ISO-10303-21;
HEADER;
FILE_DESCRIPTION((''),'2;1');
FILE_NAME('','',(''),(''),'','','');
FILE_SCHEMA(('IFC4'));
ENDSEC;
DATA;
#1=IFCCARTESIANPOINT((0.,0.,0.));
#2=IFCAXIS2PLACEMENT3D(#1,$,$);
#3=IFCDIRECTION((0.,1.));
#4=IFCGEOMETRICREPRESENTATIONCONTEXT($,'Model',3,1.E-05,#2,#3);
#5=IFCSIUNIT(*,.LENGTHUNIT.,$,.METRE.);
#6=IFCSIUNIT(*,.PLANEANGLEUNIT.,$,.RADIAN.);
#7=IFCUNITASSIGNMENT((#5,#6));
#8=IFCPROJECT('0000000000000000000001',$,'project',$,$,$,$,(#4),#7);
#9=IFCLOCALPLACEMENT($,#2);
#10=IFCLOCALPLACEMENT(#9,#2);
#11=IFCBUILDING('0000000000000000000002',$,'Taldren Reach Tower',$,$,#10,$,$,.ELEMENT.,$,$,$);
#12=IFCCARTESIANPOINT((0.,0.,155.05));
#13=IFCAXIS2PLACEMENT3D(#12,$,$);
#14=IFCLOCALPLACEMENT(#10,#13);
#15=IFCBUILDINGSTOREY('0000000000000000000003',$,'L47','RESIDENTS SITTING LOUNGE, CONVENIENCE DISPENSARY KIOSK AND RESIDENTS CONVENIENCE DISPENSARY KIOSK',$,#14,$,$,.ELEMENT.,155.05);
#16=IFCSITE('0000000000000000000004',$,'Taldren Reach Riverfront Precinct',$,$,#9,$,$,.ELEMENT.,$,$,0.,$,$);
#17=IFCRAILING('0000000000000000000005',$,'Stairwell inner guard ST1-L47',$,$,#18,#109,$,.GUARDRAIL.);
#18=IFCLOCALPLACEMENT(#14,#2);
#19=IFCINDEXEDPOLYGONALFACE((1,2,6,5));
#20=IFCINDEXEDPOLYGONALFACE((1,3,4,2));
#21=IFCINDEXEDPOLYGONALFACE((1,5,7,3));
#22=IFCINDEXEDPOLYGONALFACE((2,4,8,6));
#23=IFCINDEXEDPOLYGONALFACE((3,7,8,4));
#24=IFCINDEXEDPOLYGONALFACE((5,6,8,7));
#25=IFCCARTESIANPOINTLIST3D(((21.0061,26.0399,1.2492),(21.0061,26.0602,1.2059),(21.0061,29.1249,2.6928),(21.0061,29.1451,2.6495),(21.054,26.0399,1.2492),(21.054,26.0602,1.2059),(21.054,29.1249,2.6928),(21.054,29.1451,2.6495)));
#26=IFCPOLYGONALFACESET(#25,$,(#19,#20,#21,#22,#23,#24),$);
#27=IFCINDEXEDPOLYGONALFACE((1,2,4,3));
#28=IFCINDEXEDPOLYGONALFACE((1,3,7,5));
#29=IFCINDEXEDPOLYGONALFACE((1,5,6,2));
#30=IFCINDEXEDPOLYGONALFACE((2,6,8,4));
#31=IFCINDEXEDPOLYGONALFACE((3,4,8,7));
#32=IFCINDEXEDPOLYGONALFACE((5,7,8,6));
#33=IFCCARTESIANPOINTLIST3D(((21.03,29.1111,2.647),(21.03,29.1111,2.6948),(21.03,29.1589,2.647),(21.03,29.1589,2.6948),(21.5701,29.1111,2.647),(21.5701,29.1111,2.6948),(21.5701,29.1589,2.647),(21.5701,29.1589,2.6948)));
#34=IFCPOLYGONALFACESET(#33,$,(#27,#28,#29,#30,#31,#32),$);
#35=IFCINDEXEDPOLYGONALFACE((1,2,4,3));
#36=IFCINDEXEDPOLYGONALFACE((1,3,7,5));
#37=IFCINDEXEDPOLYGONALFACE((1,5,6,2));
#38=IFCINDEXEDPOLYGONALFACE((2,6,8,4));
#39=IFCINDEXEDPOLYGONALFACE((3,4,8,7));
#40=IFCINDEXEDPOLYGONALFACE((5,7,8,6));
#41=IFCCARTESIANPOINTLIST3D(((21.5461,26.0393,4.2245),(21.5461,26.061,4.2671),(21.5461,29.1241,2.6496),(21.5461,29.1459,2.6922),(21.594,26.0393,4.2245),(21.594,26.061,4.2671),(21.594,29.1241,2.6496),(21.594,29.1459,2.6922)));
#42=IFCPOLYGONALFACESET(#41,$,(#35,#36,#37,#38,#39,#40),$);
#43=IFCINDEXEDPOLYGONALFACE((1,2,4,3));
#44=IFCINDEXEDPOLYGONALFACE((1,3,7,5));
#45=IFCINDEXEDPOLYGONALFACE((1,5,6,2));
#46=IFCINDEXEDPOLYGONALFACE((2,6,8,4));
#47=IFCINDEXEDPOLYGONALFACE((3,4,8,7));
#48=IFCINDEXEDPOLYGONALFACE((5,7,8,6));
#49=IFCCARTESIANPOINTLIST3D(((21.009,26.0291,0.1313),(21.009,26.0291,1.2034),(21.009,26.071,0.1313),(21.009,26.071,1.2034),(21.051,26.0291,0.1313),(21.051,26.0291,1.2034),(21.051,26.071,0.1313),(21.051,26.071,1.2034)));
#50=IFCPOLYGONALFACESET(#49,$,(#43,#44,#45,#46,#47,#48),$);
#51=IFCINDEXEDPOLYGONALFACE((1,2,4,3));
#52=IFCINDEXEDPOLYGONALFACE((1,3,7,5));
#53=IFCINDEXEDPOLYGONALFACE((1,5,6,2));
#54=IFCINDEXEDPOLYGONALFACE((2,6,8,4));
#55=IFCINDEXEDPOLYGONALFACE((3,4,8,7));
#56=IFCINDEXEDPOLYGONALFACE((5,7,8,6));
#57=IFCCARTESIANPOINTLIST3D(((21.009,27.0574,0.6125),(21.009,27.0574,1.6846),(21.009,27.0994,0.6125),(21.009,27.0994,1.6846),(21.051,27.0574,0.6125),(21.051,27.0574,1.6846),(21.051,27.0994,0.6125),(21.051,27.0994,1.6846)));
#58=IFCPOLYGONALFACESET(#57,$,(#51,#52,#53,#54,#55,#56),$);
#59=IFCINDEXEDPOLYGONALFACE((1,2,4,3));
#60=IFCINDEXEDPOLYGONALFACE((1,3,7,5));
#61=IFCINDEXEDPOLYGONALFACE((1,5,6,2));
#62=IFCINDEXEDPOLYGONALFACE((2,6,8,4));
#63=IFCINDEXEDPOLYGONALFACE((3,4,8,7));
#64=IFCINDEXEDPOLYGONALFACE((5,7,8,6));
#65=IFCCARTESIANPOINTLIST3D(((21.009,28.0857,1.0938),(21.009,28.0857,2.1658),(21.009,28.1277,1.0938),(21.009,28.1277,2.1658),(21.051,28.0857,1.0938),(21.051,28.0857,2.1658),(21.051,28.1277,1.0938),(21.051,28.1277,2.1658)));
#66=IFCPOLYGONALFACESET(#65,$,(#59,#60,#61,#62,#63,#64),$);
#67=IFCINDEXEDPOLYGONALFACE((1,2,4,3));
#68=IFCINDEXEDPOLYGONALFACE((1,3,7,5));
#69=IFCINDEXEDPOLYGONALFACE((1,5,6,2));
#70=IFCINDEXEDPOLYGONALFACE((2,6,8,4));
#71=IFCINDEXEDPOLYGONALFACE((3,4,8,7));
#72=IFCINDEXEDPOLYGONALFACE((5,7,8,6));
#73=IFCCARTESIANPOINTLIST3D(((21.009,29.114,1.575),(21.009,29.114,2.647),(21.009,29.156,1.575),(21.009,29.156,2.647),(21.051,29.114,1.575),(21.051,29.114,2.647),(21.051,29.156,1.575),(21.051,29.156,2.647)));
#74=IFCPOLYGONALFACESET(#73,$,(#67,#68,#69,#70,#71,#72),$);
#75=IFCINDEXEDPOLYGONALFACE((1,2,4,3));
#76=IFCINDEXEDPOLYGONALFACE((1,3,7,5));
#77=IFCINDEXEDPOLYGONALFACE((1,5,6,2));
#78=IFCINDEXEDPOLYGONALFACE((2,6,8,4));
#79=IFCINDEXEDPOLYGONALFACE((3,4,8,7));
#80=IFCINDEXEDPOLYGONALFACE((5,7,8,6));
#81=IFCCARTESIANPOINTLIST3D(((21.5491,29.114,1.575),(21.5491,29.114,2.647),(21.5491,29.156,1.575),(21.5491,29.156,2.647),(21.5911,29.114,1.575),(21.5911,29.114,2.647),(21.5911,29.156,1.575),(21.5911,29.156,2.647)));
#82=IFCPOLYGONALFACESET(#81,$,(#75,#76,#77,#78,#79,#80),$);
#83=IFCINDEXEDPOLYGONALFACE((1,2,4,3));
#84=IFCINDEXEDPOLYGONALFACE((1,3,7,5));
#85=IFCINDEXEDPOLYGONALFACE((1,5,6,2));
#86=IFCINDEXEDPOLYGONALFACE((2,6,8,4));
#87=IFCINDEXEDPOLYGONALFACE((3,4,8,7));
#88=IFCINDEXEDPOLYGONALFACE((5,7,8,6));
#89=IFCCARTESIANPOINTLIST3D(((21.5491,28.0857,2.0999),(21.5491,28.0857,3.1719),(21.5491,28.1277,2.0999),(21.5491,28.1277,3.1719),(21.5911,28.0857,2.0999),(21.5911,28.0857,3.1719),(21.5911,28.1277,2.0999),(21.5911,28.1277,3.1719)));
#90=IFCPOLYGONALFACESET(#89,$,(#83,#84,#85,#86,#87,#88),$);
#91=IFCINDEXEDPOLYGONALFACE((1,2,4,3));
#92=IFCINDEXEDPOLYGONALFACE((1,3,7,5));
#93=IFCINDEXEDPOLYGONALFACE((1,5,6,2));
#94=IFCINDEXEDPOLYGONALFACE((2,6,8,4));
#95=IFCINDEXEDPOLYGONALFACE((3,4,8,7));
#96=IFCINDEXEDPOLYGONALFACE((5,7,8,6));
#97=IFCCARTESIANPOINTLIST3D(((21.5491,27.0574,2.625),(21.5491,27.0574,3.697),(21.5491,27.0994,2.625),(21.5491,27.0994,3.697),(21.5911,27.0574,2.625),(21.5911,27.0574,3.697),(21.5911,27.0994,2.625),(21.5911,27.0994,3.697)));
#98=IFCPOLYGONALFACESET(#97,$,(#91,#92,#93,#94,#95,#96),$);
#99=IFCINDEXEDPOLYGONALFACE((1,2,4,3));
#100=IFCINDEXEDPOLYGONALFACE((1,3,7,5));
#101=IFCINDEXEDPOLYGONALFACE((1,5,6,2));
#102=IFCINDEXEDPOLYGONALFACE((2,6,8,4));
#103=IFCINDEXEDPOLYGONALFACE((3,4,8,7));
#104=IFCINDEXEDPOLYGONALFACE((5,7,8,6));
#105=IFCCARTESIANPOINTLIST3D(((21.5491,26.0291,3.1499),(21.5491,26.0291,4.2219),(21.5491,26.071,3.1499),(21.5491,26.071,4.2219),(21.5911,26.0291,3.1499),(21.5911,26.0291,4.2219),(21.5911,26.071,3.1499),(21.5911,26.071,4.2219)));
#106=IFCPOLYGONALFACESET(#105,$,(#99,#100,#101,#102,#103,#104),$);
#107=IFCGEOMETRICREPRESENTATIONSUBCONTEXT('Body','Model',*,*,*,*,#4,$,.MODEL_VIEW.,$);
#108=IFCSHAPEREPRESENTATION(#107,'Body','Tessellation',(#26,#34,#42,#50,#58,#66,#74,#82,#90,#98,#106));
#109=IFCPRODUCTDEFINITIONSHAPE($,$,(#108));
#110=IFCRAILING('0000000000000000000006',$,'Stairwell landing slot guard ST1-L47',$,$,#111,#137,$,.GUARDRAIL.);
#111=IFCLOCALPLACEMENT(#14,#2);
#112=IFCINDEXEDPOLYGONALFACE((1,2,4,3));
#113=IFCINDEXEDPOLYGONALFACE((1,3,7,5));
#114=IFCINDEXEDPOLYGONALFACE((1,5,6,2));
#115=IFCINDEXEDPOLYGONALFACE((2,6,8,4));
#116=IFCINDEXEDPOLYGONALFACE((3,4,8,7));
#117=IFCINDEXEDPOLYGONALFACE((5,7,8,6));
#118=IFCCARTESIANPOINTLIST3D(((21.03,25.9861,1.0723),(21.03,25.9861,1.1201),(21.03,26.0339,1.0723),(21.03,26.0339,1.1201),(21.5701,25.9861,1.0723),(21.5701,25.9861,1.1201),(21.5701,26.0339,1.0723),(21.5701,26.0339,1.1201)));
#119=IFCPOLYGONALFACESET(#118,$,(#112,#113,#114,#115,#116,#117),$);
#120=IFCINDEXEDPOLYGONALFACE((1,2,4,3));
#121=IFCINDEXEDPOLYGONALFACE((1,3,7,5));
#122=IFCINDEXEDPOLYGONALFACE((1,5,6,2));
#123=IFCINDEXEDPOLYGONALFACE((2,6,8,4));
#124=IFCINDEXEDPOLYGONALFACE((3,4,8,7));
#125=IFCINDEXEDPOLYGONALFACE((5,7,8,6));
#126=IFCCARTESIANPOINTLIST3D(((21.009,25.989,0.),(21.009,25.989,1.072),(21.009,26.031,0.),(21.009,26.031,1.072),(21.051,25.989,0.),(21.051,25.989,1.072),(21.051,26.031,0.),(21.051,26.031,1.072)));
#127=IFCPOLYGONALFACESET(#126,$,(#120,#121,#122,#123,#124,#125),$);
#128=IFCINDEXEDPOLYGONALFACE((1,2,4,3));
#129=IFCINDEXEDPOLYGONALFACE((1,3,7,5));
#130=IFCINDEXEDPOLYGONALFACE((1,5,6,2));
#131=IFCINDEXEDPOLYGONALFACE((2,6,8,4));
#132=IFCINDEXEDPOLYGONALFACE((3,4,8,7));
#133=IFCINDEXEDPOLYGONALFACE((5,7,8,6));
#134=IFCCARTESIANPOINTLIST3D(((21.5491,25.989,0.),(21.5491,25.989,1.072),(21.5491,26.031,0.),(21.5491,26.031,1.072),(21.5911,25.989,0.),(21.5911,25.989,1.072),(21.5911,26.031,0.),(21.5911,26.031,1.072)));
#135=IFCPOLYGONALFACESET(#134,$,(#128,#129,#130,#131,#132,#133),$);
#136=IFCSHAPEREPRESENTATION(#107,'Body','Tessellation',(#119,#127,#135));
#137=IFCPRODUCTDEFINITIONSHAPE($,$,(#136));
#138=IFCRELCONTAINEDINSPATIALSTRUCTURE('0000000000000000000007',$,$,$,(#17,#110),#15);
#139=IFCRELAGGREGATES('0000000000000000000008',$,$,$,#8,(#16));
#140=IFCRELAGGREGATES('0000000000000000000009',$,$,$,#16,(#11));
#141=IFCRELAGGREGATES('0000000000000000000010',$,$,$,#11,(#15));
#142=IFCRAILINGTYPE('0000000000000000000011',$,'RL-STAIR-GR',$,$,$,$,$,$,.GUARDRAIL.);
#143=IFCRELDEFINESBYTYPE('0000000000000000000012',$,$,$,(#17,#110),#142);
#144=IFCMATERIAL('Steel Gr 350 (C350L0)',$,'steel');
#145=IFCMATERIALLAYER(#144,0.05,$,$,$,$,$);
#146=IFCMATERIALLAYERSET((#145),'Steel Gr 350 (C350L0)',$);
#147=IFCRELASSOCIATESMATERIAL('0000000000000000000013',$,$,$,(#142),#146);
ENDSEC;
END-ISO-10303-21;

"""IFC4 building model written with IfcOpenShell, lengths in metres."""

from ifc_helpers import new_model, si_unit, direction, frame, origin, origin_2d, place, context, subcontext, project, spatial, rectangle, extrude, material, layer, layer_set, type_object, element, save


model = new_model("IFC4")

# Units and contexts
model_context = context("Model", 3, precision=1e-05, world=origin(), true_north=direction((0.0, 1.0)))
body_context = subcontext(model_context, "Body", "Model", "MODEL_VIEW")
ifc_project = project(units=[si_unit("LENGTHUNIT", "METRE"), si_unit("PLANEANGLEUNIT", "RADIAN")], contexts=[model_context])

# Site, building, storey
site_placement = place(None, origin())
site = spatial("IfcSite", under=ifc_project, at=site_placement, Name="Taldren Reach Riverfront Precinct", CompositionType="ELEMENT", RefElevation=0.0)
building_placement = place(site_placement, origin())
building = spatial("IfcBuilding", under=site, at=building_placement, Name="Taldren Reach Tower", CompositionType="ELEMENT")
storey_placement = place(building_placement, frame((0.0, 0.0, 155.05)))
storey = spatial("IfcBuildingStorey", under=building, at=storey_placement, Name="L47", Description="RESIDENTS SITTING LOUNGE, CONVENIENCE DISPENSARY KIOSK AND RESIDENTS CONVENIENCE DISPENSARY KIOSK", CompositionType="ELEMENT", Elevation=155.05)

# Shared definitions
ifc_material_1 = material(Name="Steel Gr 350 (C350L0)", Category="steel")

# Railings
ifc_layer_1 = layer(ifc_material_1, 0.05)
ifc_layer_set_1 = layer_set([ifc_layer_1], Name="Steel Gr 350 (C350L0)")
railing_type_1 = type_object("IfcRailingType", Name="RL-STAIR-GR", PredefinedType="GUARDRAIL", material=ifc_layer_set_1)
railing_1_placement = place(storey_placement, frame((21.03, 26.05, 0.1313)))
element("IfcRailing", 1, at=railing_1_placement, inside=storey, type_object=railing_type_1, Name="Stairwell inner guard ST1-L47", PredefinedType="GUARDRAIL", context=body_context, shape_type="SweptSolid", body=[
    extrude(rectangle(XDim=0.0479, YDim=0.0479, at=origin_2d()), frame((0.0, 0.0, 1.0962), z_axis=(0.0, 0.905738, 0.423839), x_axis=(-1.0, 0.0, 0.0)), (0.0, 0.0, 1.0), 3.406),
    extrude(rectangle(XDim=0.0479, YDim=0.0479, at=origin_2d()), frame((0.0, 3.085, 2.5396), z_axis=(1.0, 0.0, 0.0), x_axis=(0.0, 1.0, 0.0)), (0.0, 0.0, 1.0), 0.54),
    extrude(rectangle(XDim=0.0479, YDim=0.0479, at=origin_2d()), frame((0.54, 3.085, 2.5396), z_axis=(0.0, -0.890646, 0.454697), x_axis=(1.0, 0.0, 0.0)), (0.0, 0.0, 1.0), 3.4636),
    extrude(rectangle(XDim=0.042, YDim=0.042, at=origin_2d()), origin(), (0.0, 0.0, 1.0), 1.072),
    extrude(rectangle(XDim=0.042, YDim=0.042, at=origin_2d()), frame((0.0, 1.0283, 0.4812)), (0.0, 0.0, 1.0), 1.072),
    extrude(rectangle(XDim=0.042, YDim=0.042, at=origin_2d()), frame((0.0, 2.0566, 0.9624)), (0.0, 0.0, 1.0), 1.072),
    extrude(rectangle(XDim=0.042, YDim=0.042, at=origin_2d()), frame((0.0, 3.085, 1.4436)), (0.0, 0.0, 1.0), 1.072),
    extrude(rectangle(XDim=0.042, YDim=0.042, at=origin_2d()), frame((0.54, 3.085, 1.4436)), (0.0, 0.0, 1.0), 1.072),
    extrude(rectangle(XDim=0.042, YDim=0.042, at=origin_2d()), frame((0.54, 2.0566, 1.9685)), (0.0, 0.0, 1.0), 1.072),
    extrude(rectangle(XDim=0.042, YDim=0.042, at=origin_2d()), frame((0.54, 1.0283, 2.4937)), (0.0, 0.0, 1.0), 1.072),
    extrude(rectangle(XDim=0.042, YDim=0.042, at=origin_2d()), frame((0.54, 0.0, 3.0186)), (0.0, 0.0, 1.0), 1.072),
])
railing_2_placement = place(storey_placement, frame((21.03, 26.01, 0.0)))
element("IfcRailing", 2, at=railing_2_placement, inside=storey, type_object=railing_type_1, Name="Stairwell landing slot guard ST1-L47", PredefinedType="GUARDRAIL", context=body_context, shape_type="SweptSolid", body=[
    extrude(rectangle(XDim=0.0479, YDim=0.0479, at=origin_2d()), frame((0.0, 0.0, 1.0962), z_axis=(1.0, 0.0, 0.0), x_axis=(0.0, 1.0, 0.0)), (0.0, 0.0, 1.0), 0.54),
    extrude(rectangle(XDim=0.042, YDim=0.042, at=origin_2d()), origin(), (0.0, 0.0, 1.0), 1.072),
    extrude(rectangle(XDim=0.042, YDim=0.042, at=origin_2d()), frame((0.54, 0.0, 0.0)), (0.0, 0.0, 1.0), 1.072),
])

save(model, "model.ifc")
